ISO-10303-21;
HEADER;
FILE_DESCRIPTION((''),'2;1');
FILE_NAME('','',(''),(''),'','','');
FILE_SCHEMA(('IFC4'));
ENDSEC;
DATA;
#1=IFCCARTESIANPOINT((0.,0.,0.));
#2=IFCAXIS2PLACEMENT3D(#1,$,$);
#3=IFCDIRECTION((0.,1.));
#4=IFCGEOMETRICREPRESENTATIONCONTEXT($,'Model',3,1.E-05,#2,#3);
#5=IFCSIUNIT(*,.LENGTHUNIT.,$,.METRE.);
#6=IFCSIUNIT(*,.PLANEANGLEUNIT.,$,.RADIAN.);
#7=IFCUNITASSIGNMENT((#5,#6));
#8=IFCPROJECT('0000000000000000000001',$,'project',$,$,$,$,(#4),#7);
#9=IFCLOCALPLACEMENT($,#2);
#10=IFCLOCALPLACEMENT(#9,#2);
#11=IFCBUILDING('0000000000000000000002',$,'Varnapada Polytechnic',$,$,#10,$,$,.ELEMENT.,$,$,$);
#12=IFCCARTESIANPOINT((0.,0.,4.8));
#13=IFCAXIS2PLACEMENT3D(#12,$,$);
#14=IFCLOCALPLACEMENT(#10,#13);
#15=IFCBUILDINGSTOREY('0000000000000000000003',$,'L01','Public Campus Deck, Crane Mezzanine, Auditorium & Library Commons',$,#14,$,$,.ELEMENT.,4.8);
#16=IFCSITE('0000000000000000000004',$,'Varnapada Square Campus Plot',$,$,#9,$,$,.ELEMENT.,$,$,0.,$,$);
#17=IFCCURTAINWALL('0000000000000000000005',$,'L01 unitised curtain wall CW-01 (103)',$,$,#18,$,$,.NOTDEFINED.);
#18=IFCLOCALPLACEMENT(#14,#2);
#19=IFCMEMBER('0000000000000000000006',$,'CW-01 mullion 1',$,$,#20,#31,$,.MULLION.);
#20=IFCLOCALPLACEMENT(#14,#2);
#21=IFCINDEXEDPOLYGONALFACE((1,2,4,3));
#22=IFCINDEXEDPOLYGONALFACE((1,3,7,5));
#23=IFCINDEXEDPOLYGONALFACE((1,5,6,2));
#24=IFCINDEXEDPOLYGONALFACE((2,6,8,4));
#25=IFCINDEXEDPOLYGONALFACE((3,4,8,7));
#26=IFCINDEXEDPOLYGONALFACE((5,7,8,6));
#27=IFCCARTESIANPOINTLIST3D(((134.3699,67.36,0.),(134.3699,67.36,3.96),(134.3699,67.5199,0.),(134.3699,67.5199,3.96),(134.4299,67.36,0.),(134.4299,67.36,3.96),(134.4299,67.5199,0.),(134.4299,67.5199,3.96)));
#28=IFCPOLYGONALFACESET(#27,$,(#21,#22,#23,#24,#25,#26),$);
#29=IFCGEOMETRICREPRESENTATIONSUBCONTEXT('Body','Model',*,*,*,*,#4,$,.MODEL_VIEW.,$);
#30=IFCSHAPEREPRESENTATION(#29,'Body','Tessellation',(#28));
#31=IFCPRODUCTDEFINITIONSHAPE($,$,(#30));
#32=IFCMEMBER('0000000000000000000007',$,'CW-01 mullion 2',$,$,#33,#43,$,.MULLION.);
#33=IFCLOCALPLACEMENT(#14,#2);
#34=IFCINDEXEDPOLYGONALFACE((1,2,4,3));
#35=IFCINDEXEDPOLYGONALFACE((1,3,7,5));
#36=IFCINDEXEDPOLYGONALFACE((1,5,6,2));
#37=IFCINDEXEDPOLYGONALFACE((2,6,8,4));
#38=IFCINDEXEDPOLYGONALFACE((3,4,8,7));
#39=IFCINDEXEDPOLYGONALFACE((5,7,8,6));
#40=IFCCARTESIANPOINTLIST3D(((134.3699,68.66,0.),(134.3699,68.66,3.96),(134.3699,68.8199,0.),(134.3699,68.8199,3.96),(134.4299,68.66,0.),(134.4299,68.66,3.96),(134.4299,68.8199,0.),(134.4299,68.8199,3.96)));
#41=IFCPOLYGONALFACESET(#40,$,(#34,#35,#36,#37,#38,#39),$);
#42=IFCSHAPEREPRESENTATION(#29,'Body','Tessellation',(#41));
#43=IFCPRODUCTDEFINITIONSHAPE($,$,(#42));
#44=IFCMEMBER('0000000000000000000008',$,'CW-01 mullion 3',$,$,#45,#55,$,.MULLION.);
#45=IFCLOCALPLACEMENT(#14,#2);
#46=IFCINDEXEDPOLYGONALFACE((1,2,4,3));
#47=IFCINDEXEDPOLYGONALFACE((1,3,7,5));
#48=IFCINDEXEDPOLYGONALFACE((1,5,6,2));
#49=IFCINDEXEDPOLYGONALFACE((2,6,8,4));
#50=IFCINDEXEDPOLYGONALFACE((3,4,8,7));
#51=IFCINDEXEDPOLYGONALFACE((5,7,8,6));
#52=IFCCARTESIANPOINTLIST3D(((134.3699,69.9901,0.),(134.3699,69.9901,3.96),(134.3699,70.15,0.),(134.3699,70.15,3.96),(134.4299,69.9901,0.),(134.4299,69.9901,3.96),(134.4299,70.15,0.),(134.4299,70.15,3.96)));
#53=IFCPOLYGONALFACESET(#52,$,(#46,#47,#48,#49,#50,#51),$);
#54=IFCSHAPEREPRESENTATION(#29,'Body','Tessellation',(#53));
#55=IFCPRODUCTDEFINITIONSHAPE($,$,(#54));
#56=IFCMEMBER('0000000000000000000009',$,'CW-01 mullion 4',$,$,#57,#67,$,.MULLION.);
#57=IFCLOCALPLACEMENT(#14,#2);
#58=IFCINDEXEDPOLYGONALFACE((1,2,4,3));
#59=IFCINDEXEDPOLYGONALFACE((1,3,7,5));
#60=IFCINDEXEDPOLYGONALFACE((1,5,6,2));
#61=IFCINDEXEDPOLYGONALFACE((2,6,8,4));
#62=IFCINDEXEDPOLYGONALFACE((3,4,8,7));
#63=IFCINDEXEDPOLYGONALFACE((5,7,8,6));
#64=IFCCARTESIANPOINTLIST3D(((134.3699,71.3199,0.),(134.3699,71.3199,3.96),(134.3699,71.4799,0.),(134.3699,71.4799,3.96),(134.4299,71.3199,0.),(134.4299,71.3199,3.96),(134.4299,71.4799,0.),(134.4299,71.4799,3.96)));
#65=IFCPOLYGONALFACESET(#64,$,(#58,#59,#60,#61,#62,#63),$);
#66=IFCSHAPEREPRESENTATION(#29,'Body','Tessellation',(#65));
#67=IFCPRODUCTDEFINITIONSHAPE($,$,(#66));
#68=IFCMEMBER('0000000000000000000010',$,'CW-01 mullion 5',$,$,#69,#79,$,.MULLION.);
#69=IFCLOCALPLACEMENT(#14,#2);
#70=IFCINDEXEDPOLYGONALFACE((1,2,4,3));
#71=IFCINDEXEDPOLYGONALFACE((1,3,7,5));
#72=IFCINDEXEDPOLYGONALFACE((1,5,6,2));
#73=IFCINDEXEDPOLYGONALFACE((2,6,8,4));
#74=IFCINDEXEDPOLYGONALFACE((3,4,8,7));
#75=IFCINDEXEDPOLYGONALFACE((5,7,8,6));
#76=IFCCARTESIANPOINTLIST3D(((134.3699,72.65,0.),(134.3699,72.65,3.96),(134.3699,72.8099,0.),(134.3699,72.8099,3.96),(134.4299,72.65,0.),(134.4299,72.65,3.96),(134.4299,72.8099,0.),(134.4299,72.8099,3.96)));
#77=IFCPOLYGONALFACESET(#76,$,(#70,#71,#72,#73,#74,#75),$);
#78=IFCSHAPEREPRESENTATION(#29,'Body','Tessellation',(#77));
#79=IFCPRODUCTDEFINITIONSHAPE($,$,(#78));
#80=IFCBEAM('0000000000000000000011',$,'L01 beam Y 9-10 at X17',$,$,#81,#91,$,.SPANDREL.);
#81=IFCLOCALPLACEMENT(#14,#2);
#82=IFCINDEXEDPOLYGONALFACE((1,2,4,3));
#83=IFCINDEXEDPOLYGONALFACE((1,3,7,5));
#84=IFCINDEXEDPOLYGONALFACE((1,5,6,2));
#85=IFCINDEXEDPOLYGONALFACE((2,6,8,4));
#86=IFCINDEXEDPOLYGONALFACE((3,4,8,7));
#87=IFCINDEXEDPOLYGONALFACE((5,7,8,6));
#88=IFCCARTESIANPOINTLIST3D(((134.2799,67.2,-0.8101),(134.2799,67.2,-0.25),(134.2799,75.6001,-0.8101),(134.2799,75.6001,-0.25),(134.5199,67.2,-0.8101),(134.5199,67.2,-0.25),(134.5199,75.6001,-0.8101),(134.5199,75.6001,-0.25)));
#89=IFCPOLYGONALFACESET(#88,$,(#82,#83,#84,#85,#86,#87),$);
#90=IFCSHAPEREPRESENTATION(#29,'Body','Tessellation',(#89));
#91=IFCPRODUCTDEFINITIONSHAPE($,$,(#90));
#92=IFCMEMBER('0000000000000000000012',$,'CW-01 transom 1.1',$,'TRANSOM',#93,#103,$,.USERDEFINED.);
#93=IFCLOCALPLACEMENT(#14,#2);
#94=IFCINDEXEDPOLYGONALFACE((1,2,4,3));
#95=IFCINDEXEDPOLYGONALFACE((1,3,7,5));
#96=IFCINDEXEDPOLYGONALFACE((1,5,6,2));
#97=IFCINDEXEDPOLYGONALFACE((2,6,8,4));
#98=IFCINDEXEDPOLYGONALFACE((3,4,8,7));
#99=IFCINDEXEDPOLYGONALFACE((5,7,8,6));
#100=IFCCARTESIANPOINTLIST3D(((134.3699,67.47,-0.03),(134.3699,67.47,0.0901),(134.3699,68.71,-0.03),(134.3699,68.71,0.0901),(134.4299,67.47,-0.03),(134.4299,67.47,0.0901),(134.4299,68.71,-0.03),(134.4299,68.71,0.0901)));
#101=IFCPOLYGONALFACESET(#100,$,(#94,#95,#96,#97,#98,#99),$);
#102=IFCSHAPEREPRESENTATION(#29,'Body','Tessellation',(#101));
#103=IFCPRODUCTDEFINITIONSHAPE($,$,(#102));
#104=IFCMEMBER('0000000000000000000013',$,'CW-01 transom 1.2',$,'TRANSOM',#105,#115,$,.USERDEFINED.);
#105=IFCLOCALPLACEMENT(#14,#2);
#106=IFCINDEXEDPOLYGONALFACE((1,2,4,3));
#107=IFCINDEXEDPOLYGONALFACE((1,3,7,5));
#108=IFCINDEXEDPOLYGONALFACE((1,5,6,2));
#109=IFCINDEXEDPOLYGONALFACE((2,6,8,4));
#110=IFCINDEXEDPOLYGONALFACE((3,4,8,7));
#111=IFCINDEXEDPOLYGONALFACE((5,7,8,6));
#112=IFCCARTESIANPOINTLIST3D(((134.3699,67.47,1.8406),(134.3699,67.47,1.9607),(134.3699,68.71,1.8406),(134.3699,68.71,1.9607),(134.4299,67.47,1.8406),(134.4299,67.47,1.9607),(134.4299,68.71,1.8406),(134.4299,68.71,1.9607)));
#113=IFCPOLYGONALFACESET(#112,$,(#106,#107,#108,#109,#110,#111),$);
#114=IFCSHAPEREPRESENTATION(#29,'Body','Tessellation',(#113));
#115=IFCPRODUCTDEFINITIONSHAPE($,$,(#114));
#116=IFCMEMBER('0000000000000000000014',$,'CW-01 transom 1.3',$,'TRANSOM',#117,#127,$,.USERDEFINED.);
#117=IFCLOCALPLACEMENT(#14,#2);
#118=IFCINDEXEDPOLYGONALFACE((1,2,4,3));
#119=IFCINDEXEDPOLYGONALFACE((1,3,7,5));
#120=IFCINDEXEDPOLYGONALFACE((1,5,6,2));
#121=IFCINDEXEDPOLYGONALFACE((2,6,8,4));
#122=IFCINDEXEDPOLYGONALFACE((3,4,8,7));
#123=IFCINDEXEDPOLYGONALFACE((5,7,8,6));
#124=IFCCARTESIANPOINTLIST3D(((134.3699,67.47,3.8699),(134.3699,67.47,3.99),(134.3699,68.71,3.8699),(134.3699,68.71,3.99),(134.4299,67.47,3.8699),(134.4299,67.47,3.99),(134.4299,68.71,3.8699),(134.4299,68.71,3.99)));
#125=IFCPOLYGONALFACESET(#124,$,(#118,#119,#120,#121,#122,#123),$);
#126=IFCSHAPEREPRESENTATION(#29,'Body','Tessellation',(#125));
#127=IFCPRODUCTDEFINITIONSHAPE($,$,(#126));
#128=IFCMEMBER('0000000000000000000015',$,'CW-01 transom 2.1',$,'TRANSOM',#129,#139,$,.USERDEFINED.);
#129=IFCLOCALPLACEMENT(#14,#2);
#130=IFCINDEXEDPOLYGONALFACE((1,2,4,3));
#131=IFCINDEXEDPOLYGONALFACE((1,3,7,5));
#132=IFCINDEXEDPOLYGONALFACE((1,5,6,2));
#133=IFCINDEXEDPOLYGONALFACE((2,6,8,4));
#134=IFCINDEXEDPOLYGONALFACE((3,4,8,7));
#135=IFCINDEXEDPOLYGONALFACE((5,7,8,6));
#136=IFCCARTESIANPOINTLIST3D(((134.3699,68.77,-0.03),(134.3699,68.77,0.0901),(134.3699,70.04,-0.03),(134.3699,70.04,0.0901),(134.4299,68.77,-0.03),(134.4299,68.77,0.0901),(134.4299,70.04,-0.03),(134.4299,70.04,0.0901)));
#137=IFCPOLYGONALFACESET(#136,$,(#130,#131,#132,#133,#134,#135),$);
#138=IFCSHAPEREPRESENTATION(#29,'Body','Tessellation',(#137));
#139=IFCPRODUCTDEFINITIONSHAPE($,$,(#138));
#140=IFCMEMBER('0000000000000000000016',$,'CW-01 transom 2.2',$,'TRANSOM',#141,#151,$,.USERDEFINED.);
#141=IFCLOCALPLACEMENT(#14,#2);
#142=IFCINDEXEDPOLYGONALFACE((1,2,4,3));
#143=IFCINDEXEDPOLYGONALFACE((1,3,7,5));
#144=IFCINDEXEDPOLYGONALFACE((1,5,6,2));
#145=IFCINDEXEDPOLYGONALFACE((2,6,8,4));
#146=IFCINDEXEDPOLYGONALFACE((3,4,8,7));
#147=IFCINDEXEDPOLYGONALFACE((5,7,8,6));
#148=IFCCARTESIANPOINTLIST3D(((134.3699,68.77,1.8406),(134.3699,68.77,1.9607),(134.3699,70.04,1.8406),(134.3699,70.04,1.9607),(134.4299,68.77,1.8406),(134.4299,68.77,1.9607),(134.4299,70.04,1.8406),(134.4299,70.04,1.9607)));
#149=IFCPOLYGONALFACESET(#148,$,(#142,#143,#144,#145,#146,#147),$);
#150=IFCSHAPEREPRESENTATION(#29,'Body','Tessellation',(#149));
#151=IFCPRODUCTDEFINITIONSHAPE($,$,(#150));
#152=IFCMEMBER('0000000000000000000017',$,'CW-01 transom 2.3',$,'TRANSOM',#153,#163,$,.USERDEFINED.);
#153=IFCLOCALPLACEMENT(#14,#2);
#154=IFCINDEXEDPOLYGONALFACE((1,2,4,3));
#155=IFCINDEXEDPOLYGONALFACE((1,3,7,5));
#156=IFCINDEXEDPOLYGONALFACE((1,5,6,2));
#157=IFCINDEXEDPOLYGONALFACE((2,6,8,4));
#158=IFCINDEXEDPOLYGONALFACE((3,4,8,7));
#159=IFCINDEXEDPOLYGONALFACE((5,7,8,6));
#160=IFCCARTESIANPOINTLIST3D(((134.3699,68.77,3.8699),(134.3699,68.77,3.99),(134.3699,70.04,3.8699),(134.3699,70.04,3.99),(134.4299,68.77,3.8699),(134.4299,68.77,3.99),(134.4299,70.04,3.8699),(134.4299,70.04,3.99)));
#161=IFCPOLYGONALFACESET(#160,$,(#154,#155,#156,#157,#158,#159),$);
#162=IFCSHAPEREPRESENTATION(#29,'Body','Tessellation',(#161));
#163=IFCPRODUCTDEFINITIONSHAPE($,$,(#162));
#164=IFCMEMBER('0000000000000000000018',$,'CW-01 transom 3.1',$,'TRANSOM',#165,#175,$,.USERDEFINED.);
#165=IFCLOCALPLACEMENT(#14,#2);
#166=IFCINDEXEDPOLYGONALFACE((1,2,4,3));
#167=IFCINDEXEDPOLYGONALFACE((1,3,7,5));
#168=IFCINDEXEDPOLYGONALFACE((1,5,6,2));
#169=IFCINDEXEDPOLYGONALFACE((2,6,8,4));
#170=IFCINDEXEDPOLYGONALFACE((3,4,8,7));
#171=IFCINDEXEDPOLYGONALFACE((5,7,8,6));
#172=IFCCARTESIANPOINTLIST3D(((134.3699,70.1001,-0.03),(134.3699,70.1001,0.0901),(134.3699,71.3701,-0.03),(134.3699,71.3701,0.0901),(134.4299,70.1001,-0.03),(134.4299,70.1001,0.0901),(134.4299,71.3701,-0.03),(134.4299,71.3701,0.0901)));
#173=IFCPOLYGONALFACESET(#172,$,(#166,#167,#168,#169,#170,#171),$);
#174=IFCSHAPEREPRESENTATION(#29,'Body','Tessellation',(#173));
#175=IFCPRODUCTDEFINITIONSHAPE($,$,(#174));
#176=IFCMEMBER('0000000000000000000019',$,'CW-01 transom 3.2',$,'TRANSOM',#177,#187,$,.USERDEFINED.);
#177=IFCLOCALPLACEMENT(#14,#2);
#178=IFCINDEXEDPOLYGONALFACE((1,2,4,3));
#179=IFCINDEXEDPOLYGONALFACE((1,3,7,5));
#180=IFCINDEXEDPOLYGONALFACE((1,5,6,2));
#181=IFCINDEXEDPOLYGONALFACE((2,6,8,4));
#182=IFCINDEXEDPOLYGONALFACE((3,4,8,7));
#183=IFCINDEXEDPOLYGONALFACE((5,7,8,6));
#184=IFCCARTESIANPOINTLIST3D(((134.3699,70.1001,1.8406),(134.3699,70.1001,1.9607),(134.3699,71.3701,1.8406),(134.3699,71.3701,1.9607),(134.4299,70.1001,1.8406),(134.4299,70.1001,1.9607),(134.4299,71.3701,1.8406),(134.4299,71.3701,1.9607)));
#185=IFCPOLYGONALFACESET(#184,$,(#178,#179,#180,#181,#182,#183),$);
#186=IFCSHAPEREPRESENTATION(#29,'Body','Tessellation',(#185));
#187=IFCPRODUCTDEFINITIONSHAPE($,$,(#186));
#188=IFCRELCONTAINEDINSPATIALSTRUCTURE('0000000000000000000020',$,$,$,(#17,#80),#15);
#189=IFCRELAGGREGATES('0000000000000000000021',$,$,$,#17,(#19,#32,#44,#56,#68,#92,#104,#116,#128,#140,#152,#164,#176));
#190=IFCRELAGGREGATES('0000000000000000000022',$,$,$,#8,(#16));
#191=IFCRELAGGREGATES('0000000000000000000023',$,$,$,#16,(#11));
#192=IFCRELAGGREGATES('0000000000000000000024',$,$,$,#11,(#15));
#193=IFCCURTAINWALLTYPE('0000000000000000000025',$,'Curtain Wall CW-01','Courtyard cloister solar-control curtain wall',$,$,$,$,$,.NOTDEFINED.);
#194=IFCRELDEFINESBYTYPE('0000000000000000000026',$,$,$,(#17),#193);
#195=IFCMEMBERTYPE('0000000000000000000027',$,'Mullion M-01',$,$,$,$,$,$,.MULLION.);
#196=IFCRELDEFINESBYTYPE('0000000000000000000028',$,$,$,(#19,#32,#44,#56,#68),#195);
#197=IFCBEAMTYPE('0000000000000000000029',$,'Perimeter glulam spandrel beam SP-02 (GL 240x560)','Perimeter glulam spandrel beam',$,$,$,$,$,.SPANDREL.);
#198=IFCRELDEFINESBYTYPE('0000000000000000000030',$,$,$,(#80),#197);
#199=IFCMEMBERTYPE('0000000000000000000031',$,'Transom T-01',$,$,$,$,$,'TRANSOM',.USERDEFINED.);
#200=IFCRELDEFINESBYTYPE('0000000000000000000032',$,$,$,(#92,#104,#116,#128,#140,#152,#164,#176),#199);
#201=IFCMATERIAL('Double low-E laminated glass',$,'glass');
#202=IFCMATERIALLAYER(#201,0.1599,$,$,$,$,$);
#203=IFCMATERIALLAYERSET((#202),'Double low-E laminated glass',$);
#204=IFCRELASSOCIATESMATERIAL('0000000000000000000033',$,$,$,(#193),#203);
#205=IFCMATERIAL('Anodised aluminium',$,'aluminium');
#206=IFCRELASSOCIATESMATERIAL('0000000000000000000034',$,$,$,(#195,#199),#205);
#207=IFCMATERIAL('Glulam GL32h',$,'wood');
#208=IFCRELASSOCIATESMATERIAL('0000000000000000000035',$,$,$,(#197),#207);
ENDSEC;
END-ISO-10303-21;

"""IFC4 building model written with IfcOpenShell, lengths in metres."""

from ifc_helpers import new_model, si_unit, direction, frame, origin, origin_2d, place, context, subcontext, project, spatial, rectangle, extrude, material, layer, layer_set, material_profile, profile_set, type_object, element, aggregate, save


model = new_model("IFC4")

# Units and contexts
model_context = context("Model", 3, precision=1e-05, world=origin(), true_north=direction((0.0, 1.0)))
body_context = subcontext(model_context, "Body", "Model", "MODEL_VIEW")
ifc_project = project(units=[si_unit("LENGTHUNIT", "METRE"), si_unit("PLANEANGLEUNIT", "RADIAN")], contexts=[model_context])

# Site, building, storey
site_placement = place(None, origin())
site = spatial("IfcSite", under=ifc_project, at=site_placement, Name="Varnapada Square Campus Plot", CompositionType="ELEMENT", RefElevation=0.0)
building_placement = place(site_placement, origin())
building = spatial("IfcBuilding", under=site, at=building_placement, Name="Varnapada Polytechnic", CompositionType="ELEMENT")
storey_placement = place(building_placement, frame((0.0, 0.0, 4.8)))
storey = spatial("IfcBuildingStorey", under=building, at=storey_placement, Name="L01", Description="Public Campus Deck, Crane Mezzanine, Auditorium & Library Commons", CompositionType="ELEMENT", Elevation=4.8)

# Curtain wall, members
ifc_material_1 = material(Name="Double low-E laminated glass", Category="glass")
ifc_layer_1 = layer(ifc_material_1, 0.1599)
ifc_layer_set_1 = layer_set([ifc_layer_1], Name="Double low-E laminated glass")
curtain_wall_type = type_object("IfcCurtainWallType", Name="Curtain Wall CW-01", Description="Courtyard cloister solar-control curtain wall", PredefinedType="NOTDEFINED", material=ifc_layer_set_1)
curtain_wall_placement = place(storey_placement, origin())
curtain_wall = element("IfcCurtainWall", 1, at=curtain_wall_placement, inside=storey, type_object=curtain_wall_type, Name="L01 unitised curtain wall CW-01 (103)", PredefinedType="NOTDEFINED")
ifc_material_2 = material(Name="Anodised aluminium", Category="aluminium")
ifc_material_profile_1 = material_profile(ifc_material_2, rectangle(XDim=0.0601, YDim=0.1599, at=origin_2d()), Name="ALU M60x160")
ifc_profile_set_1 = profile_set([ifc_material_profile_1], Name="Anodised aluminium")
member_type_1 = type_object("IfcMemberType", Name="Mullion M-01", PredefinedType="MULLION", material=ifc_profile_set_1)
member_1_placement = place(storey_placement, frame((134.3999, 67.4399, 0.0), z_axis=(0.0, 0.0, 1.0), x_axis=(-1.0, 0.0, 0.0)))
member_1 = element("IfcMember", 2, at=member_1_placement, type_object=member_type_1, Name="CW-01 mullion 1", PredefinedType="MULLION", context=body_context, shape_type="SweptSolid", body=[
    extrude(rectangle(XDim=0.0601, YDim=0.1599, at=origin_2d()), origin(), (0.0, 0.0, 1.0), 3.96),
])
member_2_placement = place(storey_placement, frame((134.3999, 68.74, 0.0), z_axis=(0.0, 0.0, 1.0), x_axis=(-1.0, 0.0, 0.0)))
member_2 = element("IfcMember", 3, at=member_2_placement, type_object=member_type_1, Name="CW-01 mullion 2", PredefinedType="MULLION", context=body_context, shape_type="SweptSolid", body=[
    extrude(rectangle(XDim=0.0601, YDim=0.1599, at=origin_2d()), origin(), (0.0, 0.0, 1.0), 3.96),
])
member_3_placement = place(storey_placement, frame((134.3999, 70.0701, 0.0), z_axis=(0.0, 0.0, 1.0), x_axis=(-1.0, 0.0, 0.0)))
member_3 = element("IfcMember", 4, at=member_3_placement, type_object=member_type_1, Name="CW-01 mullion 3", PredefinedType="MULLION", context=body_context, shape_type="SweptSolid", body=[
    extrude(rectangle(XDim=0.0601, YDim=0.1599, at=origin_2d()), origin(), (0.0, 0.0, 1.0), 3.96),
])
member_4_placement = place(storey_placement, frame((134.3999, 71.3999, 0.0), z_axis=(0.0, 0.0, 1.0), x_axis=(-1.0, 0.0, 0.0)))
member_4 = element("IfcMember", 5, at=member_4_placement, type_object=member_type_1, Name="CW-01 mullion 4", PredefinedType="MULLION", context=body_context, shape_type="SweptSolid", body=[
    extrude(rectangle(XDim=0.0601, YDim=0.1599, at=origin_2d()), origin(), (0.0, 0.0, 1.0), 3.96),
])
member_5_placement = place(storey_placement, frame((134.3999, 72.73, 0.0), z_axis=(0.0, 0.0, 1.0), x_axis=(-1.0, 0.0, 0.0)))
member_5 = element("IfcMember", 6, at=member_5_placement, type_object=member_type_1, Name="CW-01 mullion 5", PredefinedType="MULLION", context=body_context, shape_type="SweptSolid", body=[
    extrude(rectangle(XDim=0.0601, YDim=0.1599, at=origin_2d()), origin(), (0.0, 0.0, 1.0), 3.96),
])

# Beam
ifc_material_3 = material(Name="Glulam GL32h", Category="wood")
ifc_material_profile_2 = material_profile(ifc_material_3, rectangle(XDim=0.24, YDim=0.5601, at=origin_2d()), Name="GL 240x560")
ifc_profile_set_2 = profile_set([ifc_material_profile_2], Name="Glulam GL32h")
beam_type = type_object("IfcBeamType", Name="Perimeter glulam spandrel beam SP-02 (GL 240x560)", Description="Perimeter glulam spandrel beam", PredefinedType="SPANDREL", material=ifc_profile_set_2)
beam_placement = place(storey_placement, frame((134.3999, 67.2, -0.53), z_axis=(0.0, 1.0, 0.0), x_axis=(-1.0, 0.0, 0.0)))
element("IfcBeam", 7, at=beam_placement, inside=storey, type_object=beam_type, Name="L01 beam Y 9-10 at X17", PredefinedType="SPANDREL", context=body_context, shape_type="SweptSolid", body=[
    extrude(rectangle(XDim=0.24, YDim=0.5601, at=origin_2d()), origin(), (0.0, 0.0, 1.0), 8.4001),
])

# Members
ifc_material_profile_3 = material_profile(ifc_material_2, rectangle(XDim=0.0601, YDim=0.1201, at=origin_2d()), Name="ALU T60x120")
ifc_profile_set_3 = profile_set([ifc_material_profile_3], Name="Anodised aluminium")
member_type_2 = type_object("IfcMemberType", Name="Transom T-01", ElementType="TRANSOM", PredefinedType="USERDEFINED", material=ifc_profile_set_3)
member_6_placement = place(storey_placement, frame((134.3999, 67.47, 0.03), z_axis=(0.0, 1.0, 0.0), x_axis=(-1.0, 0.0, 0.0)))
member_6 = element("IfcMember", 8, at=member_6_placement, type_object=member_type_2, Name="CW-01 transom 1.1", ObjectType="TRANSOM", PredefinedType="USERDEFINED", context=body_context, shape_type="SweptSolid", body=[
    extrude(rectangle(XDim=0.0601, YDim=0.1201, at=origin_2d()), origin(), (0.0, 0.0, 1.0), 1.24),
])
member_7_placement = place(storey_placement, frame((134.3999, 67.47, 1.9006), z_axis=(0.0, 1.0, 0.0), x_axis=(-1.0, 0.0, 0.0)))
member_7 = element("IfcMember", 9, at=member_7_placement, type_object=member_type_2, Name="CW-01 transom 1.2", ObjectType="TRANSOM", PredefinedType="USERDEFINED", context=body_context, shape_type="SweptSolid", body=[
    extrude(rectangle(XDim=0.0601, YDim=0.1201, at=origin_2d()), origin(), (0.0, 0.0, 1.0), 1.24),
])
member_8_placement = place(storey_placement, frame((134.3999, 67.47, 3.9299), z_axis=(0.0, 1.0, 0.0), x_axis=(-1.0, 0.0, 0.0)))
member_8 = element("IfcMember", 10, at=member_8_placement, type_object=member_type_2, Name="CW-01 transom 1.3", ObjectType="TRANSOM", PredefinedType="USERDEFINED", context=body_context, shape_type="SweptSolid", body=[
    extrude(rectangle(XDim=0.0601, YDim=0.1201, at=origin_2d()), origin(), (0.0, 0.0, 1.0), 1.24),
])
member_9_placement = place(storey_placement, frame((134.3999, 68.77, 0.03), z_axis=(0.0, 1.0, 0.0), x_axis=(-1.0, 0.0, 0.0)))
member_9 = element("IfcMember", 11, at=member_9_placement, type_object=member_type_2, Name="CW-01 transom 2.1", ObjectType="TRANSOM", PredefinedType="USERDEFINED", context=body_context, shape_type="SweptSolid", body=[
    extrude(rectangle(XDim=0.0601, YDim=0.1201, at=origin_2d()), origin(), (0.0, 0.0, 1.0), 1.27),
])
member_10_placement = place(storey_placement, frame((134.3999, 68.77, 1.9006), z_axis=(0.0, 1.0, 0.0), x_axis=(-1.0, 0.0, 0.0)))
member_10 = element("IfcMember", 12, at=member_10_placement, type_object=member_type_2, Name="CW-01 transom 2.2", ObjectType="TRANSOM", PredefinedType="USERDEFINED", context=body_context, shape_type="SweptSolid", body=[
    extrude(rectangle(XDim=0.0601, YDim=0.1201, at=origin_2d()), origin(), (0.0, 0.0, 1.0), 1.27),
])
member_11_placement = place(storey_placement, frame((134.3999, 68.77, 3.9299), z_axis=(0.0, 1.0, 0.0), x_axis=(-1.0, 0.0, 0.0)))
member_11 = element("IfcMember", 13, at=member_11_placement, type_object=member_type_2, Name="CW-01 transom 2.3", ObjectType="TRANSOM", PredefinedType="USERDEFINED", context=body_context, shape_type="SweptSolid", body=[
    extrude(rectangle(XDim=0.0601, YDim=0.1201, at=origin_2d()), origin(), (0.0, 0.0, 1.0), 1.27),
])
member_12_placement = place(storey_placement, frame((134.3999, 70.1001, 0.03), z_axis=(0.0, 1.0, 0.0), x_axis=(-1.0, 0.0, 0.0)))
member_12 = element("IfcMember", 14, at=member_12_placement, type_object=member_type_2, Name="CW-01 transom 3.1", ObjectType="TRANSOM", PredefinedType="USERDEFINED", context=body_context, shape_type="SweptSolid", body=[
    extrude(rectangle(XDim=0.0601, YDim=0.1201, at=origin_2d()), origin(), (0.0, 0.0, 1.0), 1.27),
])
member_13_placement = place(storey_placement, frame((134.3999, 70.1001, 1.9006), z_axis=(0.0, 1.0, 0.0), x_axis=(-1.0, 0.0, 0.0)))
member_13 = element("IfcMember", 15, at=member_13_placement, type_object=member_type_2, Name="CW-01 transom 3.2", ObjectType="TRANSOM", PredefinedType="USERDEFINED", context=body_context, shape_type="SweptSolid", body=[
    extrude(rectangle(XDim=0.0601, YDim=0.1201, at=origin_2d()), origin(), (0.0, 0.0, 1.0), 1.27),
])

aggregate(curtain_wall, [member_1, member_2, member_3, member_4, member_5, member_6, member_7, member_8, member_9, member_10, member_11, member_12, member_13])

save(model, "model.ifc")
